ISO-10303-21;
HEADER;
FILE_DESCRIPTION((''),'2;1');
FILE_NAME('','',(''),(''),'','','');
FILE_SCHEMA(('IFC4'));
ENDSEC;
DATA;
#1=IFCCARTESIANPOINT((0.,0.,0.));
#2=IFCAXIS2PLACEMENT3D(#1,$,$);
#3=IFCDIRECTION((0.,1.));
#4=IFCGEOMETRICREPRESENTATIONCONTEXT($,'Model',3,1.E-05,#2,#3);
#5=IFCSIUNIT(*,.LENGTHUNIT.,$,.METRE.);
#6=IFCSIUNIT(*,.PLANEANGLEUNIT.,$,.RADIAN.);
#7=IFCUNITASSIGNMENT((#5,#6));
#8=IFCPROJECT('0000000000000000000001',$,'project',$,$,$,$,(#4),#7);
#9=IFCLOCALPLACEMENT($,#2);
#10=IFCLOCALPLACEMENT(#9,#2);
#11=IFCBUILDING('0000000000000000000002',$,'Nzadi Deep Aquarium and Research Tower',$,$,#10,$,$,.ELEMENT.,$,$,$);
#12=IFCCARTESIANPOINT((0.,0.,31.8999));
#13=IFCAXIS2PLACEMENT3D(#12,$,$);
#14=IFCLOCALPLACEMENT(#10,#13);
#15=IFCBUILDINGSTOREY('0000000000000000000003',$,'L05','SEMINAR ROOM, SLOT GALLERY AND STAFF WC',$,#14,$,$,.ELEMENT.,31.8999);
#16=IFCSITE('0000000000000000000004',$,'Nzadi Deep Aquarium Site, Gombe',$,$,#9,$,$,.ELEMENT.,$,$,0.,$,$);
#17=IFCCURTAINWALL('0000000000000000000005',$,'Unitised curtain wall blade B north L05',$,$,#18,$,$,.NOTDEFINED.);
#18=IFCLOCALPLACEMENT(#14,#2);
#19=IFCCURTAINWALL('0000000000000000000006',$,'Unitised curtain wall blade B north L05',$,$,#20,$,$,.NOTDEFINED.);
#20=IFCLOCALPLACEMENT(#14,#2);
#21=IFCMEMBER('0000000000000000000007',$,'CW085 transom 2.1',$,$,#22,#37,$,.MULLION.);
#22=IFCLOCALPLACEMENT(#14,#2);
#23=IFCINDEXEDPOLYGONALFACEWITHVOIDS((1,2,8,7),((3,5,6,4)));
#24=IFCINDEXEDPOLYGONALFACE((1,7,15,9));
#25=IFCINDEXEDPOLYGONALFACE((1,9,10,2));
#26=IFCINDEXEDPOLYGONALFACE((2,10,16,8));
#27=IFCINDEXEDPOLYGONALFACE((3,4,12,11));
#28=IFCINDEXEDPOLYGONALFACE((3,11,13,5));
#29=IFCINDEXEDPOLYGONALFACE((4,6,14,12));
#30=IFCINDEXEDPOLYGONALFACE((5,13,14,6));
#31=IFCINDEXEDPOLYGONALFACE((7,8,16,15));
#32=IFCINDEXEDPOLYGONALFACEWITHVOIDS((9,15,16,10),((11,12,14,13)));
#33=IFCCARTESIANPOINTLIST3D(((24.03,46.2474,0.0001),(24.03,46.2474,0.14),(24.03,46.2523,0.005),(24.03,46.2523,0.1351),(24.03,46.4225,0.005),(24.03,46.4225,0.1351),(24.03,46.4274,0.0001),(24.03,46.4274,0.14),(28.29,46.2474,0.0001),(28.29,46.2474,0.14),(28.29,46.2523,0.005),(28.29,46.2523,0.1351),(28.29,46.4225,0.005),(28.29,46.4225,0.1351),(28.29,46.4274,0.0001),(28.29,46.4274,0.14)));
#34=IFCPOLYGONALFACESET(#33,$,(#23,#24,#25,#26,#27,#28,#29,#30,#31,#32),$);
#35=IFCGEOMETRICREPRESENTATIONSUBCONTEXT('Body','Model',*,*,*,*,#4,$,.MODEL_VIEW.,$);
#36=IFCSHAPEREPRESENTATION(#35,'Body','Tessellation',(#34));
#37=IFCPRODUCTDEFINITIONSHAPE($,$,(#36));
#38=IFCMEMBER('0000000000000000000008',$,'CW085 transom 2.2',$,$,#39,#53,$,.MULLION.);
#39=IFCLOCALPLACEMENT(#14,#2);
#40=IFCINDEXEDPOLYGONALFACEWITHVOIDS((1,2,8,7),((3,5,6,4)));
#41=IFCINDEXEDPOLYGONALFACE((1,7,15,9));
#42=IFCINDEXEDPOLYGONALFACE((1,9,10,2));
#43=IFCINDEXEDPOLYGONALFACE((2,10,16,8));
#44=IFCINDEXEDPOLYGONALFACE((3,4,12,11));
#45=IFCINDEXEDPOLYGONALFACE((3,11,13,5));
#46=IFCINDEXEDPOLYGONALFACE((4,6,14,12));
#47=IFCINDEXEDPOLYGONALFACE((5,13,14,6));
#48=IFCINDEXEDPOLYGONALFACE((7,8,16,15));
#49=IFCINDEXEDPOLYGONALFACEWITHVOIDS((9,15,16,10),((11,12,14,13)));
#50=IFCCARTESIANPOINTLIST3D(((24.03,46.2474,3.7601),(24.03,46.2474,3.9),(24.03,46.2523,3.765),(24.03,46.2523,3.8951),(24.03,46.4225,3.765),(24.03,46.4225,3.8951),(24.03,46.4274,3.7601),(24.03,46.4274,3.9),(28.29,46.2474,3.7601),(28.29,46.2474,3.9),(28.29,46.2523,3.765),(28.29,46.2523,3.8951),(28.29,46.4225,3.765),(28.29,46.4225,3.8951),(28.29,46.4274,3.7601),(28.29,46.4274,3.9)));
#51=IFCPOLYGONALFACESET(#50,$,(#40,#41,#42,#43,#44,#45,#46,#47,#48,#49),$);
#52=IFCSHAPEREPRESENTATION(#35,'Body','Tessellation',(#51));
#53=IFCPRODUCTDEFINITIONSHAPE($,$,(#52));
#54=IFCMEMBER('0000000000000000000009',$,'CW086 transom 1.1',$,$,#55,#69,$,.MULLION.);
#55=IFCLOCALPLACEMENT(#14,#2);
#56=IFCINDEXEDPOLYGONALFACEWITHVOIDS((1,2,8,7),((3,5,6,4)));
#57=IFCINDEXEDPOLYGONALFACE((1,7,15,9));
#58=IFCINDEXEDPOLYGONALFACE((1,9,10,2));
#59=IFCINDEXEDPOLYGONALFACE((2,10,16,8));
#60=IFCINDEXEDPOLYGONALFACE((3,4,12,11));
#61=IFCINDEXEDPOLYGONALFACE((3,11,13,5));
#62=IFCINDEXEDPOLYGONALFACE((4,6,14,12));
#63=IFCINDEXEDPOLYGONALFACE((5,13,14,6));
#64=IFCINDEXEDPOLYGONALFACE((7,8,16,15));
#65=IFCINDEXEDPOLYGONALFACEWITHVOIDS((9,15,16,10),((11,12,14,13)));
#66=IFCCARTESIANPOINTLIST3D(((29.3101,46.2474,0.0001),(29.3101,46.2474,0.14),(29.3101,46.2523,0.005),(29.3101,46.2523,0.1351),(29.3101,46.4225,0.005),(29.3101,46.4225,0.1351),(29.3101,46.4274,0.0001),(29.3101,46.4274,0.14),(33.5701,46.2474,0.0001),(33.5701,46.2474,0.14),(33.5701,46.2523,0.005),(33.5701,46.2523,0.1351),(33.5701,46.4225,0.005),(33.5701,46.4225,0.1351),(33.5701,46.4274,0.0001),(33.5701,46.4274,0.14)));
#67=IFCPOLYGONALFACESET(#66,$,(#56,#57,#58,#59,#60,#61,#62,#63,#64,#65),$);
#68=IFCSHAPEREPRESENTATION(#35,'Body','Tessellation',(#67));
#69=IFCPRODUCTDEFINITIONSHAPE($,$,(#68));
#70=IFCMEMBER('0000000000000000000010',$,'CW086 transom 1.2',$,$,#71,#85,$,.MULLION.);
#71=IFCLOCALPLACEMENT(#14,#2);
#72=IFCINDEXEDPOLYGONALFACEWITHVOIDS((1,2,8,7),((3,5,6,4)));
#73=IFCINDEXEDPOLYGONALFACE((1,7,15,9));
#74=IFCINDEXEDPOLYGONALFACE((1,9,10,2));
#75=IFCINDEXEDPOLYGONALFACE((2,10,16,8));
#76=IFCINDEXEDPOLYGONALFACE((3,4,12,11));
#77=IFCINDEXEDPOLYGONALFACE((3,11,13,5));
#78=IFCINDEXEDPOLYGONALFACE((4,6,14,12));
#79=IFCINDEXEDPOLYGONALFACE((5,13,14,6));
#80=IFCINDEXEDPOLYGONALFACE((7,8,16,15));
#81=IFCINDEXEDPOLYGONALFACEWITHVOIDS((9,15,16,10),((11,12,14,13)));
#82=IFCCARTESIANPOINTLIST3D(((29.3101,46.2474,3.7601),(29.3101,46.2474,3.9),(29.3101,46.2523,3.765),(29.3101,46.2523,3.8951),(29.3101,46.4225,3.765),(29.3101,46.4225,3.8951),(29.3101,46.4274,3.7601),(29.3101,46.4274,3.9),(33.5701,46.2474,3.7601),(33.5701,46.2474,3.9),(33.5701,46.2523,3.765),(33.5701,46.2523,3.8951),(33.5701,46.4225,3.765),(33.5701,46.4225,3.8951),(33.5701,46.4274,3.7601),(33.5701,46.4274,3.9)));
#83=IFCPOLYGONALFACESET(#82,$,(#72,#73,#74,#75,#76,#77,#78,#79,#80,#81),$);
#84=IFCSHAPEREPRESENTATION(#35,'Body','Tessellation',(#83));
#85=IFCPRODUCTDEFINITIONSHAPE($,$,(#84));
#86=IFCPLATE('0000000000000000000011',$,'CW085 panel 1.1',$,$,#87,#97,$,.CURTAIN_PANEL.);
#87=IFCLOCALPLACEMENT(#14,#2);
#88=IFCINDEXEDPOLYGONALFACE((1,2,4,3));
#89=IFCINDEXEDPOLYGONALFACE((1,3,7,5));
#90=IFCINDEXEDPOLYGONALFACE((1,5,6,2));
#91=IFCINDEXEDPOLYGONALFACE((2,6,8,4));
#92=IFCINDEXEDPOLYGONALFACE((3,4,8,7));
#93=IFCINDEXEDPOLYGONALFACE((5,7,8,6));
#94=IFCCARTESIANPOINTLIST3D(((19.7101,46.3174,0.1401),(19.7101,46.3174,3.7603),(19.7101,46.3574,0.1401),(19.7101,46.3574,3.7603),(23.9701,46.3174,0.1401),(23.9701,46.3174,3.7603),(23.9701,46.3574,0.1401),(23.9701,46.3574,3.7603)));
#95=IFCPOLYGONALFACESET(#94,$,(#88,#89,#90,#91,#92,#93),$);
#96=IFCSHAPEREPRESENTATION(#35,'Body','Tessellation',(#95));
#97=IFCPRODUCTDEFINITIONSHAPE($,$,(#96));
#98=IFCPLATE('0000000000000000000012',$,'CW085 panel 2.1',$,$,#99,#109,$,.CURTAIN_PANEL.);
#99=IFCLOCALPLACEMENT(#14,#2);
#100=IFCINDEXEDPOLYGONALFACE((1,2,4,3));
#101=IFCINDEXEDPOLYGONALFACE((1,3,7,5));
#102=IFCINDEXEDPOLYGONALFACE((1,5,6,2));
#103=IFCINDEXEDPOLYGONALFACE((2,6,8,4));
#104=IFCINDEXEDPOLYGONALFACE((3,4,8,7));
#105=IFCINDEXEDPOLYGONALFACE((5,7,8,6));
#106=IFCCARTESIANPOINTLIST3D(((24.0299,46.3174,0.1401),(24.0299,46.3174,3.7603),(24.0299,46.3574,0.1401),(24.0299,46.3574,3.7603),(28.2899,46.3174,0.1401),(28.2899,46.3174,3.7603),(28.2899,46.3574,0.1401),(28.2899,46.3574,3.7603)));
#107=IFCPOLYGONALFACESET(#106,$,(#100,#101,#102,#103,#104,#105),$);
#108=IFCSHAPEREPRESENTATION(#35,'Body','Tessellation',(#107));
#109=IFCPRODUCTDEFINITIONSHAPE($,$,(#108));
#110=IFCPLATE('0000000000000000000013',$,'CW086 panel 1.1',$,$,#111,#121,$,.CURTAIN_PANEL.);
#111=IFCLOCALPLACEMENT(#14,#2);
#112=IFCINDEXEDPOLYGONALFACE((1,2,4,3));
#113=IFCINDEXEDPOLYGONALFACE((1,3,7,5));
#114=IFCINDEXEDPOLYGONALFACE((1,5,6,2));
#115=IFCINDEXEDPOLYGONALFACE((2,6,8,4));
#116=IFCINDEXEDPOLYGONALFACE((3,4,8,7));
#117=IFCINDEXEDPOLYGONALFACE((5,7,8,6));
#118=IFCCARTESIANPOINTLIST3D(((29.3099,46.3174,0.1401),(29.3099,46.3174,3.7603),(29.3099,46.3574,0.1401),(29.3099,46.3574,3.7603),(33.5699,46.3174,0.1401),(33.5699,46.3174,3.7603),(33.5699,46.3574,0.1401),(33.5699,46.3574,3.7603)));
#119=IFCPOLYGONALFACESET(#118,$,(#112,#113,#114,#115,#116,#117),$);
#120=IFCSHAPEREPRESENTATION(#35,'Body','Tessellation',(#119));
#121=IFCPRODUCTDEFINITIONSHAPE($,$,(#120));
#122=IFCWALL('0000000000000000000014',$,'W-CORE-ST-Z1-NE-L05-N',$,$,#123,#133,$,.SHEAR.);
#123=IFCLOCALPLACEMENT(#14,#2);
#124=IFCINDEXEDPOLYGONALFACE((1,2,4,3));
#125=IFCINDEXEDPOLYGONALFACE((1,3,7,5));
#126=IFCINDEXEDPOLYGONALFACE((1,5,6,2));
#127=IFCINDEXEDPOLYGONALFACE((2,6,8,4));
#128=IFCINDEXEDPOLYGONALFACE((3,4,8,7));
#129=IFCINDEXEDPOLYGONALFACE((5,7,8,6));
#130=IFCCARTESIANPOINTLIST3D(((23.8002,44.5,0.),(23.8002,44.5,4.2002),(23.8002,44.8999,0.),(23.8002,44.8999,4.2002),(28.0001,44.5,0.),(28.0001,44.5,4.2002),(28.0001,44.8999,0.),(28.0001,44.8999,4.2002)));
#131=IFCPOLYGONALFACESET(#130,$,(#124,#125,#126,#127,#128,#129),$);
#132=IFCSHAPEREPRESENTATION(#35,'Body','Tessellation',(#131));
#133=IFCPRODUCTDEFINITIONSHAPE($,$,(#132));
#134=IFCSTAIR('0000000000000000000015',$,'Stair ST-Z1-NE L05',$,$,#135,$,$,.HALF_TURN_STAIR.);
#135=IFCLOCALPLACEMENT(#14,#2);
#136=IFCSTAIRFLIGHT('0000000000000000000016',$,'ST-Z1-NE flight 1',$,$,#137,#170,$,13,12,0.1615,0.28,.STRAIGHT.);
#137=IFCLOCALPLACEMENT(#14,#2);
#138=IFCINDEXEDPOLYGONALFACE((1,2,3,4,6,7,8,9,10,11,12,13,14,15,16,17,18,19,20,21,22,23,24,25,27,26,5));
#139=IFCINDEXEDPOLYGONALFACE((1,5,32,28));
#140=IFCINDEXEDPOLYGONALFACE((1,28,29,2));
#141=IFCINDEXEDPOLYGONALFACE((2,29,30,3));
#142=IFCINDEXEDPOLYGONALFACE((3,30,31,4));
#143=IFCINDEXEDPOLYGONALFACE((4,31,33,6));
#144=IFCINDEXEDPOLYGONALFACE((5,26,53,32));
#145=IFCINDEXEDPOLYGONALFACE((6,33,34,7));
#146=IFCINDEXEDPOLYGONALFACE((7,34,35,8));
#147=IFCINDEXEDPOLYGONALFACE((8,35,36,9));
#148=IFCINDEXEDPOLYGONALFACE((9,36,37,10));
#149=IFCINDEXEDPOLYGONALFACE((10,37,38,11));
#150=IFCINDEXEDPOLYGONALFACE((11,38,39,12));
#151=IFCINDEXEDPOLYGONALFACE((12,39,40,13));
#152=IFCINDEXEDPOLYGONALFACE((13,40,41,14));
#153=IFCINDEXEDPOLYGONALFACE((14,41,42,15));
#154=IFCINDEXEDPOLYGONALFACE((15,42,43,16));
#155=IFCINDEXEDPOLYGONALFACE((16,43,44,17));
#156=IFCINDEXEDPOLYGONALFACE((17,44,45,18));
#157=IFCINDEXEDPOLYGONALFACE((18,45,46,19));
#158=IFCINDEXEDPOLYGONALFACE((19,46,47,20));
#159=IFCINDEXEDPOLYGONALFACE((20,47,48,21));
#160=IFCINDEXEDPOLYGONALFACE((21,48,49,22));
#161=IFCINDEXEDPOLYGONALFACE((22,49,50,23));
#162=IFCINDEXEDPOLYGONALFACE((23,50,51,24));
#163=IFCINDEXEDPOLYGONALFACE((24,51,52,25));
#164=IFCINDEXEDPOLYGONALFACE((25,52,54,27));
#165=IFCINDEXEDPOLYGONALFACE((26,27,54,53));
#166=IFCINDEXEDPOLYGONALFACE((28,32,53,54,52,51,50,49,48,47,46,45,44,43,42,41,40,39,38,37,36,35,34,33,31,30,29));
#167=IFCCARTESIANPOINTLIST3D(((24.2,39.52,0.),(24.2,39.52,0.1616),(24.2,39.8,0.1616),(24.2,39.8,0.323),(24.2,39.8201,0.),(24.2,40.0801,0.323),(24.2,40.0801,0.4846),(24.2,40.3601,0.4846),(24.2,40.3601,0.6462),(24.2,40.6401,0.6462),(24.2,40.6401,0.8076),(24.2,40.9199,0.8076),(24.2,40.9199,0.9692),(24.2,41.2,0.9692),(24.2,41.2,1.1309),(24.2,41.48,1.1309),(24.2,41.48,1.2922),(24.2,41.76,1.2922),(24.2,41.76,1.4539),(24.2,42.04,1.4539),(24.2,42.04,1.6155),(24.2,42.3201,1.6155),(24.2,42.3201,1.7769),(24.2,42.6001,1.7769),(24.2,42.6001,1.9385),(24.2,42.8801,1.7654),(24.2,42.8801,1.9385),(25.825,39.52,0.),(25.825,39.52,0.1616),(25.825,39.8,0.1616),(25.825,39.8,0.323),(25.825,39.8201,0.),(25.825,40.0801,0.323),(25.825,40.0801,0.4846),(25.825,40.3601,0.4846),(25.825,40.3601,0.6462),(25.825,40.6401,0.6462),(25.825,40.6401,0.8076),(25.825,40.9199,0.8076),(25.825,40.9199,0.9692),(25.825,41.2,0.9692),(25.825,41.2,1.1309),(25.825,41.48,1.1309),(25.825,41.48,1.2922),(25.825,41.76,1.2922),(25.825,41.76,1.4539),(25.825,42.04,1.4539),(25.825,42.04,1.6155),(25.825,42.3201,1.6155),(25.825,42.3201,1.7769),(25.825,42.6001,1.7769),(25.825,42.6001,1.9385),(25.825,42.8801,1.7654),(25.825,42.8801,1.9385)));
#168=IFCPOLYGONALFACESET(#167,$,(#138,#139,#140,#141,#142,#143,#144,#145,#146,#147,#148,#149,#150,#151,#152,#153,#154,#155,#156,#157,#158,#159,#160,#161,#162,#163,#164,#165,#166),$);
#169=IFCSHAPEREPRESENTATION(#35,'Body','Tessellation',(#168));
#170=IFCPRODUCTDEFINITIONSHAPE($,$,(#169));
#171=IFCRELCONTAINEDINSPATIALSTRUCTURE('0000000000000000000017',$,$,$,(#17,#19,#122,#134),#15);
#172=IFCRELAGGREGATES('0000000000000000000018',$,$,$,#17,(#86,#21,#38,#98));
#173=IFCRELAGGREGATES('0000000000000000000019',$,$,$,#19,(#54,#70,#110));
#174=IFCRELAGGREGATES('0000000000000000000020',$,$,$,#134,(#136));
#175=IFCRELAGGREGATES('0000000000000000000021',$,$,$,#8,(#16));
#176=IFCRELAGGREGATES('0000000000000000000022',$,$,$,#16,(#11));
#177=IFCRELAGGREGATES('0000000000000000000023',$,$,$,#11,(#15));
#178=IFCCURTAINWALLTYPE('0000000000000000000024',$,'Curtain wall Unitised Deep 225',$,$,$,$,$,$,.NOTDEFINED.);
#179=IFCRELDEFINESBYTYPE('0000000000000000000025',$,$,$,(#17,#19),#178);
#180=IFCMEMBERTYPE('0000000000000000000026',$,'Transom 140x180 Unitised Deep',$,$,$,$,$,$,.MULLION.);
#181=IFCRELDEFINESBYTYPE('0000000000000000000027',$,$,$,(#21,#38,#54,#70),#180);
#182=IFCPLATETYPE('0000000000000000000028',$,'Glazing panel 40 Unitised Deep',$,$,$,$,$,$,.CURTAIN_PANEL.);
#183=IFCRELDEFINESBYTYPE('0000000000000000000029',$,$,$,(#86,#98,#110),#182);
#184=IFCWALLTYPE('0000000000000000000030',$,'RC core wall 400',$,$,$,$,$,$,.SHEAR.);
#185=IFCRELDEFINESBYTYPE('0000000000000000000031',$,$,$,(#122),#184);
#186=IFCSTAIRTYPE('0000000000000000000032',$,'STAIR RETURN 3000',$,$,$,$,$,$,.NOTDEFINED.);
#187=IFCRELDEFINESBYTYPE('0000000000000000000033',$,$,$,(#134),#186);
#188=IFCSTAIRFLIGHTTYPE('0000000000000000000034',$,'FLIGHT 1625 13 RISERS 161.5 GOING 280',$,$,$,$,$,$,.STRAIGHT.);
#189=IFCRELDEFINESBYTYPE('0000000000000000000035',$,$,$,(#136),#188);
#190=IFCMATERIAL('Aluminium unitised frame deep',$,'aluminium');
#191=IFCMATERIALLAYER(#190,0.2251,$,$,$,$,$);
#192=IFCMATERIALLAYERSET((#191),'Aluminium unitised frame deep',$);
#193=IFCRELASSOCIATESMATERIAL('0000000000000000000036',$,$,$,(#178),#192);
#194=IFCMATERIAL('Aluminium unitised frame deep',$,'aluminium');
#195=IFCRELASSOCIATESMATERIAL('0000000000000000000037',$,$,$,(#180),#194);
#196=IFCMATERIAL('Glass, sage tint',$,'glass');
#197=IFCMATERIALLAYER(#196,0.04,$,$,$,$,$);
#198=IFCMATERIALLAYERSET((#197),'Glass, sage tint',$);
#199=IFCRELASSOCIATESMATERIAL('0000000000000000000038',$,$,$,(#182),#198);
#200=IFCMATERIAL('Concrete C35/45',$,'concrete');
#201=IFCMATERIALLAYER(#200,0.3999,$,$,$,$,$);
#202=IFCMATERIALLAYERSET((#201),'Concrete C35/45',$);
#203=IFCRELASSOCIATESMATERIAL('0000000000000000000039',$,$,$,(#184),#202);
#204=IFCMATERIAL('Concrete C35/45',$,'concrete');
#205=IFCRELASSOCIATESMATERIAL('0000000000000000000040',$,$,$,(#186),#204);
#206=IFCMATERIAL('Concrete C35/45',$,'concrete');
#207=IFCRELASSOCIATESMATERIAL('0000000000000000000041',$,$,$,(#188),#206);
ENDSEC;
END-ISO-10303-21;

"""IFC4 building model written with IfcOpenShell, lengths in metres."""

from ifc_helpers import new_model, si_unit, direction, frame, frame_2d, origin, origin_2d, place, context, subcontext, project, spatial, polyline, rectangle, hollow_rectangle, outline, extrude, material, layer, layer_set, material_profile, profile_set, type_object, element, aggregate, save


model = new_model("IFC4")

# Units and contexts
model_context = context("Model", 3, precision=1e-05, world=origin(), true_north=direction((0.0, 1.0)))
body_context = subcontext(model_context, "Body", "Model", "MODEL_VIEW")
ifc_project = project(units=[si_unit("LENGTHUNIT", "METRE"), si_unit("PLANEANGLEUNIT", "RADIAN")], contexts=[model_context])

# Site, building, storey
site_placement = place(None, origin())
site = spatial("IfcSite", under=ifc_project, at=site_placement, Name="Nzadi Deep Aquarium Site, Gombe", CompositionType="ELEMENT", RefElevation=0.0)
building_placement = place(site_placement, origin())
building = spatial("IfcBuilding", under=site, at=building_placement, Name="Nzadi Deep Aquarium and Research Tower", CompositionType="ELEMENT")
storey_placement = place(building_placement, frame((0.0, 0.0, 31.8999)))
storey = spatial("IfcBuildingStorey", under=building, at=storey_placement, Name="L05", Description="SEMINAR ROOM, SLOT GALLERY AND STAFF WC", CompositionType="ELEMENT", Elevation=31.8999)

# Curtain walls
ifc_material_1 = material(Name="Aluminium unitised frame deep", Category="aluminium")
ifc_layer_1 = layer(ifc_material_1, 0.2251)
ifc_layer_set_1 = layer_set([ifc_layer_1], Name="Aluminium unitised frame deep")
curtain_wall_type = type_object("IfcCurtainWallType", Name="Curtain wall Unitised Deep 225", PredefinedType="NOTDEFINED", material=ifc_layer_set_1)
curtain_wall_1_placement = place(storey_placement, origin())
curtain_wall_1 = element("IfcCurtainWall", 1, at=curtain_wall_1_placement, inside=storey, type_object=curtain_wall_type, Name="Unitised curtain wall blade B north L05", PredefinedType="NOTDEFINED")
curtain_wall_2_placement = place(storey_placement, origin())
curtain_wall_2 = element("IfcCurtainWall", 2, at=curtain_wall_2_placement, inside=storey, type_object=curtain_wall_type, Name="Unitised curtain wall blade B north L05", PredefinedType="NOTDEFINED")

# Members
ifc_material_2 = material(Name="Aluminium unitised frame deep", Category="aluminium")
ifc_material_profile_1 = material_profile(ifc_material_2, hollow_rectangle(XDim=0.1799, YDim=0.1399, WallThickness=0.0049, at=origin_2d()))
ifc_profile_set_1 = profile_set([ifc_material_profile_1], Name="Aluminium unitised frame deep")
member_type_1 = type_object("IfcMemberType", Name="Transom 140x180 Unitised Deep", PredefinedType="MULLION", material=ifc_profile_set_1)
member_1_placement = place(storey_placement, frame((24.03, 46.3374, 0.0701), z_axis=(1.0, 0.0, 0.0), x_axis=(0.0, 1.0, 0.0)))
member_1 = element("IfcMember", 3, at=member_1_placement, type_object=member_type_1, Name="CW085 transom 2.1", PredefinedType="MULLION", context=body_context, shape_type="SweptSolid", body=[
    extrude(hollow_rectangle(XDim=0.1799, YDim=0.1399, WallThickness=0.0049, at=origin_2d()), origin(), (0.0, 0.0, 1.0), 4.26),
])
member_2_placement = place(storey_placement, frame((24.03, 46.3374, 3.8301), z_axis=(1.0, 0.0, 0.0), x_axis=(0.0, 1.0, 0.0)))
member_2 = element("IfcMember", 4, at=member_2_placement, type_object=member_type_1, Name="CW085 transom 2.2", PredefinedType="MULLION", context=body_context, shape_type="SweptSolid", body=[
    extrude(hollow_rectangle(XDim=0.1799, YDim=0.1399, WallThickness=0.0049, at=origin_2d()), origin(), (0.0, 0.0, 1.0), 4.26),
])
member_3_placement = place(storey_placement, frame((29.3101, 46.3374, 0.0701), z_axis=(1.0, 0.0, 0.0), x_axis=(0.0, 1.0, 0.0)))
member_3 = element("IfcMember", 5, at=member_3_placement, type_object=member_type_1, Name="CW086 transom 1.1", PredefinedType="MULLION", context=body_context, shape_type="SweptSolid", body=[
    extrude(hollow_rectangle(XDim=0.1799, YDim=0.1399, WallThickness=0.0049, at=origin_2d()), origin(), (0.0, 0.0, 1.0), 4.26),
])
member_4_placement = place(storey_placement, frame((29.3101, 46.3374, 3.8301), z_axis=(1.0, 0.0, 0.0), x_axis=(0.0, 1.0, 0.0)))
member_4 = element("IfcMember", 6, at=member_4_placement, type_object=member_type_1, Name="CW086 transom 1.2", PredefinedType="MULLION", context=body_context, shape_type="SweptSolid", body=[
    extrude(hollow_rectangle(XDim=0.1799, YDim=0.1399, WallThickness=0.0049, at=origin_2d()), origin(), (0.0, 0.0, 1.0), 4.26),
])

# Plates
ifc_material_3 = material(Name="Glass, sage tint", Category="glass")
ifc_layer_2 = layer(ifc_material_3, 0.04)
ifc_layer_set_2 = layer_set([ifc_layer_2], Name="Glass, sage tint")
plate_type = type_object("IfcPlateType", Name="Glazing panel 40 Unitised Deep", PredefinedType="CURTAIN_PANEL", material=ifc_layer_set_2)
plate_1_placement = place(storey_placement, frame((21.8401, 46.3374, 0.1401), z_axis=(0.0, 0.0, 1.0), x_axis=(1.0, 0.0, 0.0)))
plate_1 = element("IfcPlate", 7, at=plate_1_placement, type_object=plate_type, Name="CW085 panel 1.1", PredefinedType="CURTAIN_PANEL", context=body_context, shape_type="SweptSolid", body=[
    extrude(rectangle(XDim=4.26, YDim=0.04, at=origin_2d()), origin(), (0.0, 0.0, 1.0), 3.6201),
])
plate_2_placement = place(storey_placement, frame((26.1599, 46.3374, 0.1401), z_axis=(0.0, 0.0, 1.0), x_axis=(1.0, 0.0, 0.0)))
plate_2 = element("IfcPlate", 8, at=plate_2_placement, type_object=plate_type, Name="CW085 panel 2.1", PredefinedType="CURTAIN_PANEL", context=body_context, shape_type="SweptSolid", body=[
    extrude(rectangle(XDim=4.26, YDim=0.04, at=origin_2d()), origin(), (0.0, 0.0, 1.0), 3.6201),
])
aggregate(curtain_wall_1, [plate_1, member_1, member_2, plate_2])
plate_3_placement = place(storey_placement, frame((31.4399, 46.3374, 0.1401), z_axis=(0.0, 0.0, 1.0), x_axis=(1.0, 0.0, 0.0)))
plate_3 = element("IfcPlate", 9, at=plate_3_placement, type_object=plate_type, Name="CW086 panel 1.1", PredefinedType="CURTAIN_PANEL", context=body_context, shape_type="SweptSolid", body=[
    extrude(rectangle(XDim=4.26, YDim=0.04, at=origin_2d()), origin(), (0.0, 0.0, 1.0), 3.6201),
])
aggregate(curtain_wall_2, [member_3, member_4, plate_3])

# Wall
ifc_material_4 = material(Name="Concrete C35/45", Category="concrete")
ifc_layer_3 = layer(ifc_material_4, 0.3999)
ifc_layer_set_3 = layer_set([ifc_layer_3], Name="Concrete C35/45")
wall_type = type_object("IfcWallType", Name="RC core wall 400", PredefinedType="SHEAR", material=ifc_layer_set_3)
wall_placement = place(storey_placement, frame((23.8, 44.7, 0.0), z_axis=(0.0, 0.0, 1.0), x_axis=(1.0, 0.0, 0.0)))
element("IfcWall", 10, at=wall_placement, inside=storey, type_object=wall_type, Name="W-CORE-ST-Z1-NE-L05-N", PredefinedType="SHEAR", context=body_context, shape_type="SweptSolid", body=[
    extrude(rectangle(XDim=4.2, YDim=0.3999, at=frame_2d((2.1001, 0.0))), origin(), (0.0, 0.0, 1.0), 4.2002),
])

# Stair, stair flight
ifc_material_5 = material(Name="Concrete C35/45", Category="concrete")
stair_type = type_object("IfcStairType", Name="STAIR RETURN 3000", PredefinedType="NOTDEFINED", material=ifc_material_5)
stair_placement = place(storey_placement, origin())
stair = element("IfcStair", 11, at=stair_placement, inside=storey, type_object=stair_type, Name="Stair ST-Z1-NE L05", PredefinedType="HALF_TURN_STAIR")
ifc_material_6 = material(Name="Concrete C35/45", Category="concrete")
stair_flight_type = type_object("IfcStairFlightType", Name="FLIGHT 1625 13 RISERS 161.5 GOING 280", PredefinedType="STRAIGHT", material=ifc_material_6)
stair_flight_1_placement = place(storey_placement, frame((25.0125, 39.52, 0.0), z_axis=(0.0, 0.0, 1.0), x_axis=(0.0, 1.0, 0.0)))
stair_flight_1 = element("IfcStairFlight", 12, at=stair_flight_1_placement, type_object=stair_flight_type, Name="ST-Z1-NE flight 1", NumberOfRisers=13, NumberOfTreads=12, PredefinedType="STRAIGHT", RiserHeight=0.1615, TreadLength=0.28, context=body_context, shape_type="SweptSolid", body=[
    extrude(outline(polyline([(0.0, 0.0), (0.0, 0.1616), (0.28, 0.1616), (0.28, 0.323), (0.5601, 0.323), (0.5601, 0.4846), (0.8401, 0.4846), (0.8401, 0.6462), (1.1201, 0.6462), (1.1201, 0.8076), (1.3999, 0.8076), (1.3999, 0.9692), (1.6799, 0.9692), (1.6799, 1.1309), (1.96, 1.1309), (1.96, 1.2922), (2.24, 1.2922), (2.24, 1.4539), (2.52, 1.4539), (2.52, 1.6155), (2.8, 1.6155), (2.8, 1.7769), (3.0801, 1.7769), (3.0801, 1.9385), (3.3601, 1.9385), (3.3601, 2.1001), (3.3601, 1.7654), (0.3, 0.0), (0.0, 0.0)])), frame((0.0, 0.8125, 0.0), z_axis=(0.0, -1.0, 0.0), x_axis=(1.0, 0.0, 0.0)), (0.0, 0.0, 1.0), 1.625),
])
aggregate(stair, [stair_flight_1])

save(model, "model.ifc")
